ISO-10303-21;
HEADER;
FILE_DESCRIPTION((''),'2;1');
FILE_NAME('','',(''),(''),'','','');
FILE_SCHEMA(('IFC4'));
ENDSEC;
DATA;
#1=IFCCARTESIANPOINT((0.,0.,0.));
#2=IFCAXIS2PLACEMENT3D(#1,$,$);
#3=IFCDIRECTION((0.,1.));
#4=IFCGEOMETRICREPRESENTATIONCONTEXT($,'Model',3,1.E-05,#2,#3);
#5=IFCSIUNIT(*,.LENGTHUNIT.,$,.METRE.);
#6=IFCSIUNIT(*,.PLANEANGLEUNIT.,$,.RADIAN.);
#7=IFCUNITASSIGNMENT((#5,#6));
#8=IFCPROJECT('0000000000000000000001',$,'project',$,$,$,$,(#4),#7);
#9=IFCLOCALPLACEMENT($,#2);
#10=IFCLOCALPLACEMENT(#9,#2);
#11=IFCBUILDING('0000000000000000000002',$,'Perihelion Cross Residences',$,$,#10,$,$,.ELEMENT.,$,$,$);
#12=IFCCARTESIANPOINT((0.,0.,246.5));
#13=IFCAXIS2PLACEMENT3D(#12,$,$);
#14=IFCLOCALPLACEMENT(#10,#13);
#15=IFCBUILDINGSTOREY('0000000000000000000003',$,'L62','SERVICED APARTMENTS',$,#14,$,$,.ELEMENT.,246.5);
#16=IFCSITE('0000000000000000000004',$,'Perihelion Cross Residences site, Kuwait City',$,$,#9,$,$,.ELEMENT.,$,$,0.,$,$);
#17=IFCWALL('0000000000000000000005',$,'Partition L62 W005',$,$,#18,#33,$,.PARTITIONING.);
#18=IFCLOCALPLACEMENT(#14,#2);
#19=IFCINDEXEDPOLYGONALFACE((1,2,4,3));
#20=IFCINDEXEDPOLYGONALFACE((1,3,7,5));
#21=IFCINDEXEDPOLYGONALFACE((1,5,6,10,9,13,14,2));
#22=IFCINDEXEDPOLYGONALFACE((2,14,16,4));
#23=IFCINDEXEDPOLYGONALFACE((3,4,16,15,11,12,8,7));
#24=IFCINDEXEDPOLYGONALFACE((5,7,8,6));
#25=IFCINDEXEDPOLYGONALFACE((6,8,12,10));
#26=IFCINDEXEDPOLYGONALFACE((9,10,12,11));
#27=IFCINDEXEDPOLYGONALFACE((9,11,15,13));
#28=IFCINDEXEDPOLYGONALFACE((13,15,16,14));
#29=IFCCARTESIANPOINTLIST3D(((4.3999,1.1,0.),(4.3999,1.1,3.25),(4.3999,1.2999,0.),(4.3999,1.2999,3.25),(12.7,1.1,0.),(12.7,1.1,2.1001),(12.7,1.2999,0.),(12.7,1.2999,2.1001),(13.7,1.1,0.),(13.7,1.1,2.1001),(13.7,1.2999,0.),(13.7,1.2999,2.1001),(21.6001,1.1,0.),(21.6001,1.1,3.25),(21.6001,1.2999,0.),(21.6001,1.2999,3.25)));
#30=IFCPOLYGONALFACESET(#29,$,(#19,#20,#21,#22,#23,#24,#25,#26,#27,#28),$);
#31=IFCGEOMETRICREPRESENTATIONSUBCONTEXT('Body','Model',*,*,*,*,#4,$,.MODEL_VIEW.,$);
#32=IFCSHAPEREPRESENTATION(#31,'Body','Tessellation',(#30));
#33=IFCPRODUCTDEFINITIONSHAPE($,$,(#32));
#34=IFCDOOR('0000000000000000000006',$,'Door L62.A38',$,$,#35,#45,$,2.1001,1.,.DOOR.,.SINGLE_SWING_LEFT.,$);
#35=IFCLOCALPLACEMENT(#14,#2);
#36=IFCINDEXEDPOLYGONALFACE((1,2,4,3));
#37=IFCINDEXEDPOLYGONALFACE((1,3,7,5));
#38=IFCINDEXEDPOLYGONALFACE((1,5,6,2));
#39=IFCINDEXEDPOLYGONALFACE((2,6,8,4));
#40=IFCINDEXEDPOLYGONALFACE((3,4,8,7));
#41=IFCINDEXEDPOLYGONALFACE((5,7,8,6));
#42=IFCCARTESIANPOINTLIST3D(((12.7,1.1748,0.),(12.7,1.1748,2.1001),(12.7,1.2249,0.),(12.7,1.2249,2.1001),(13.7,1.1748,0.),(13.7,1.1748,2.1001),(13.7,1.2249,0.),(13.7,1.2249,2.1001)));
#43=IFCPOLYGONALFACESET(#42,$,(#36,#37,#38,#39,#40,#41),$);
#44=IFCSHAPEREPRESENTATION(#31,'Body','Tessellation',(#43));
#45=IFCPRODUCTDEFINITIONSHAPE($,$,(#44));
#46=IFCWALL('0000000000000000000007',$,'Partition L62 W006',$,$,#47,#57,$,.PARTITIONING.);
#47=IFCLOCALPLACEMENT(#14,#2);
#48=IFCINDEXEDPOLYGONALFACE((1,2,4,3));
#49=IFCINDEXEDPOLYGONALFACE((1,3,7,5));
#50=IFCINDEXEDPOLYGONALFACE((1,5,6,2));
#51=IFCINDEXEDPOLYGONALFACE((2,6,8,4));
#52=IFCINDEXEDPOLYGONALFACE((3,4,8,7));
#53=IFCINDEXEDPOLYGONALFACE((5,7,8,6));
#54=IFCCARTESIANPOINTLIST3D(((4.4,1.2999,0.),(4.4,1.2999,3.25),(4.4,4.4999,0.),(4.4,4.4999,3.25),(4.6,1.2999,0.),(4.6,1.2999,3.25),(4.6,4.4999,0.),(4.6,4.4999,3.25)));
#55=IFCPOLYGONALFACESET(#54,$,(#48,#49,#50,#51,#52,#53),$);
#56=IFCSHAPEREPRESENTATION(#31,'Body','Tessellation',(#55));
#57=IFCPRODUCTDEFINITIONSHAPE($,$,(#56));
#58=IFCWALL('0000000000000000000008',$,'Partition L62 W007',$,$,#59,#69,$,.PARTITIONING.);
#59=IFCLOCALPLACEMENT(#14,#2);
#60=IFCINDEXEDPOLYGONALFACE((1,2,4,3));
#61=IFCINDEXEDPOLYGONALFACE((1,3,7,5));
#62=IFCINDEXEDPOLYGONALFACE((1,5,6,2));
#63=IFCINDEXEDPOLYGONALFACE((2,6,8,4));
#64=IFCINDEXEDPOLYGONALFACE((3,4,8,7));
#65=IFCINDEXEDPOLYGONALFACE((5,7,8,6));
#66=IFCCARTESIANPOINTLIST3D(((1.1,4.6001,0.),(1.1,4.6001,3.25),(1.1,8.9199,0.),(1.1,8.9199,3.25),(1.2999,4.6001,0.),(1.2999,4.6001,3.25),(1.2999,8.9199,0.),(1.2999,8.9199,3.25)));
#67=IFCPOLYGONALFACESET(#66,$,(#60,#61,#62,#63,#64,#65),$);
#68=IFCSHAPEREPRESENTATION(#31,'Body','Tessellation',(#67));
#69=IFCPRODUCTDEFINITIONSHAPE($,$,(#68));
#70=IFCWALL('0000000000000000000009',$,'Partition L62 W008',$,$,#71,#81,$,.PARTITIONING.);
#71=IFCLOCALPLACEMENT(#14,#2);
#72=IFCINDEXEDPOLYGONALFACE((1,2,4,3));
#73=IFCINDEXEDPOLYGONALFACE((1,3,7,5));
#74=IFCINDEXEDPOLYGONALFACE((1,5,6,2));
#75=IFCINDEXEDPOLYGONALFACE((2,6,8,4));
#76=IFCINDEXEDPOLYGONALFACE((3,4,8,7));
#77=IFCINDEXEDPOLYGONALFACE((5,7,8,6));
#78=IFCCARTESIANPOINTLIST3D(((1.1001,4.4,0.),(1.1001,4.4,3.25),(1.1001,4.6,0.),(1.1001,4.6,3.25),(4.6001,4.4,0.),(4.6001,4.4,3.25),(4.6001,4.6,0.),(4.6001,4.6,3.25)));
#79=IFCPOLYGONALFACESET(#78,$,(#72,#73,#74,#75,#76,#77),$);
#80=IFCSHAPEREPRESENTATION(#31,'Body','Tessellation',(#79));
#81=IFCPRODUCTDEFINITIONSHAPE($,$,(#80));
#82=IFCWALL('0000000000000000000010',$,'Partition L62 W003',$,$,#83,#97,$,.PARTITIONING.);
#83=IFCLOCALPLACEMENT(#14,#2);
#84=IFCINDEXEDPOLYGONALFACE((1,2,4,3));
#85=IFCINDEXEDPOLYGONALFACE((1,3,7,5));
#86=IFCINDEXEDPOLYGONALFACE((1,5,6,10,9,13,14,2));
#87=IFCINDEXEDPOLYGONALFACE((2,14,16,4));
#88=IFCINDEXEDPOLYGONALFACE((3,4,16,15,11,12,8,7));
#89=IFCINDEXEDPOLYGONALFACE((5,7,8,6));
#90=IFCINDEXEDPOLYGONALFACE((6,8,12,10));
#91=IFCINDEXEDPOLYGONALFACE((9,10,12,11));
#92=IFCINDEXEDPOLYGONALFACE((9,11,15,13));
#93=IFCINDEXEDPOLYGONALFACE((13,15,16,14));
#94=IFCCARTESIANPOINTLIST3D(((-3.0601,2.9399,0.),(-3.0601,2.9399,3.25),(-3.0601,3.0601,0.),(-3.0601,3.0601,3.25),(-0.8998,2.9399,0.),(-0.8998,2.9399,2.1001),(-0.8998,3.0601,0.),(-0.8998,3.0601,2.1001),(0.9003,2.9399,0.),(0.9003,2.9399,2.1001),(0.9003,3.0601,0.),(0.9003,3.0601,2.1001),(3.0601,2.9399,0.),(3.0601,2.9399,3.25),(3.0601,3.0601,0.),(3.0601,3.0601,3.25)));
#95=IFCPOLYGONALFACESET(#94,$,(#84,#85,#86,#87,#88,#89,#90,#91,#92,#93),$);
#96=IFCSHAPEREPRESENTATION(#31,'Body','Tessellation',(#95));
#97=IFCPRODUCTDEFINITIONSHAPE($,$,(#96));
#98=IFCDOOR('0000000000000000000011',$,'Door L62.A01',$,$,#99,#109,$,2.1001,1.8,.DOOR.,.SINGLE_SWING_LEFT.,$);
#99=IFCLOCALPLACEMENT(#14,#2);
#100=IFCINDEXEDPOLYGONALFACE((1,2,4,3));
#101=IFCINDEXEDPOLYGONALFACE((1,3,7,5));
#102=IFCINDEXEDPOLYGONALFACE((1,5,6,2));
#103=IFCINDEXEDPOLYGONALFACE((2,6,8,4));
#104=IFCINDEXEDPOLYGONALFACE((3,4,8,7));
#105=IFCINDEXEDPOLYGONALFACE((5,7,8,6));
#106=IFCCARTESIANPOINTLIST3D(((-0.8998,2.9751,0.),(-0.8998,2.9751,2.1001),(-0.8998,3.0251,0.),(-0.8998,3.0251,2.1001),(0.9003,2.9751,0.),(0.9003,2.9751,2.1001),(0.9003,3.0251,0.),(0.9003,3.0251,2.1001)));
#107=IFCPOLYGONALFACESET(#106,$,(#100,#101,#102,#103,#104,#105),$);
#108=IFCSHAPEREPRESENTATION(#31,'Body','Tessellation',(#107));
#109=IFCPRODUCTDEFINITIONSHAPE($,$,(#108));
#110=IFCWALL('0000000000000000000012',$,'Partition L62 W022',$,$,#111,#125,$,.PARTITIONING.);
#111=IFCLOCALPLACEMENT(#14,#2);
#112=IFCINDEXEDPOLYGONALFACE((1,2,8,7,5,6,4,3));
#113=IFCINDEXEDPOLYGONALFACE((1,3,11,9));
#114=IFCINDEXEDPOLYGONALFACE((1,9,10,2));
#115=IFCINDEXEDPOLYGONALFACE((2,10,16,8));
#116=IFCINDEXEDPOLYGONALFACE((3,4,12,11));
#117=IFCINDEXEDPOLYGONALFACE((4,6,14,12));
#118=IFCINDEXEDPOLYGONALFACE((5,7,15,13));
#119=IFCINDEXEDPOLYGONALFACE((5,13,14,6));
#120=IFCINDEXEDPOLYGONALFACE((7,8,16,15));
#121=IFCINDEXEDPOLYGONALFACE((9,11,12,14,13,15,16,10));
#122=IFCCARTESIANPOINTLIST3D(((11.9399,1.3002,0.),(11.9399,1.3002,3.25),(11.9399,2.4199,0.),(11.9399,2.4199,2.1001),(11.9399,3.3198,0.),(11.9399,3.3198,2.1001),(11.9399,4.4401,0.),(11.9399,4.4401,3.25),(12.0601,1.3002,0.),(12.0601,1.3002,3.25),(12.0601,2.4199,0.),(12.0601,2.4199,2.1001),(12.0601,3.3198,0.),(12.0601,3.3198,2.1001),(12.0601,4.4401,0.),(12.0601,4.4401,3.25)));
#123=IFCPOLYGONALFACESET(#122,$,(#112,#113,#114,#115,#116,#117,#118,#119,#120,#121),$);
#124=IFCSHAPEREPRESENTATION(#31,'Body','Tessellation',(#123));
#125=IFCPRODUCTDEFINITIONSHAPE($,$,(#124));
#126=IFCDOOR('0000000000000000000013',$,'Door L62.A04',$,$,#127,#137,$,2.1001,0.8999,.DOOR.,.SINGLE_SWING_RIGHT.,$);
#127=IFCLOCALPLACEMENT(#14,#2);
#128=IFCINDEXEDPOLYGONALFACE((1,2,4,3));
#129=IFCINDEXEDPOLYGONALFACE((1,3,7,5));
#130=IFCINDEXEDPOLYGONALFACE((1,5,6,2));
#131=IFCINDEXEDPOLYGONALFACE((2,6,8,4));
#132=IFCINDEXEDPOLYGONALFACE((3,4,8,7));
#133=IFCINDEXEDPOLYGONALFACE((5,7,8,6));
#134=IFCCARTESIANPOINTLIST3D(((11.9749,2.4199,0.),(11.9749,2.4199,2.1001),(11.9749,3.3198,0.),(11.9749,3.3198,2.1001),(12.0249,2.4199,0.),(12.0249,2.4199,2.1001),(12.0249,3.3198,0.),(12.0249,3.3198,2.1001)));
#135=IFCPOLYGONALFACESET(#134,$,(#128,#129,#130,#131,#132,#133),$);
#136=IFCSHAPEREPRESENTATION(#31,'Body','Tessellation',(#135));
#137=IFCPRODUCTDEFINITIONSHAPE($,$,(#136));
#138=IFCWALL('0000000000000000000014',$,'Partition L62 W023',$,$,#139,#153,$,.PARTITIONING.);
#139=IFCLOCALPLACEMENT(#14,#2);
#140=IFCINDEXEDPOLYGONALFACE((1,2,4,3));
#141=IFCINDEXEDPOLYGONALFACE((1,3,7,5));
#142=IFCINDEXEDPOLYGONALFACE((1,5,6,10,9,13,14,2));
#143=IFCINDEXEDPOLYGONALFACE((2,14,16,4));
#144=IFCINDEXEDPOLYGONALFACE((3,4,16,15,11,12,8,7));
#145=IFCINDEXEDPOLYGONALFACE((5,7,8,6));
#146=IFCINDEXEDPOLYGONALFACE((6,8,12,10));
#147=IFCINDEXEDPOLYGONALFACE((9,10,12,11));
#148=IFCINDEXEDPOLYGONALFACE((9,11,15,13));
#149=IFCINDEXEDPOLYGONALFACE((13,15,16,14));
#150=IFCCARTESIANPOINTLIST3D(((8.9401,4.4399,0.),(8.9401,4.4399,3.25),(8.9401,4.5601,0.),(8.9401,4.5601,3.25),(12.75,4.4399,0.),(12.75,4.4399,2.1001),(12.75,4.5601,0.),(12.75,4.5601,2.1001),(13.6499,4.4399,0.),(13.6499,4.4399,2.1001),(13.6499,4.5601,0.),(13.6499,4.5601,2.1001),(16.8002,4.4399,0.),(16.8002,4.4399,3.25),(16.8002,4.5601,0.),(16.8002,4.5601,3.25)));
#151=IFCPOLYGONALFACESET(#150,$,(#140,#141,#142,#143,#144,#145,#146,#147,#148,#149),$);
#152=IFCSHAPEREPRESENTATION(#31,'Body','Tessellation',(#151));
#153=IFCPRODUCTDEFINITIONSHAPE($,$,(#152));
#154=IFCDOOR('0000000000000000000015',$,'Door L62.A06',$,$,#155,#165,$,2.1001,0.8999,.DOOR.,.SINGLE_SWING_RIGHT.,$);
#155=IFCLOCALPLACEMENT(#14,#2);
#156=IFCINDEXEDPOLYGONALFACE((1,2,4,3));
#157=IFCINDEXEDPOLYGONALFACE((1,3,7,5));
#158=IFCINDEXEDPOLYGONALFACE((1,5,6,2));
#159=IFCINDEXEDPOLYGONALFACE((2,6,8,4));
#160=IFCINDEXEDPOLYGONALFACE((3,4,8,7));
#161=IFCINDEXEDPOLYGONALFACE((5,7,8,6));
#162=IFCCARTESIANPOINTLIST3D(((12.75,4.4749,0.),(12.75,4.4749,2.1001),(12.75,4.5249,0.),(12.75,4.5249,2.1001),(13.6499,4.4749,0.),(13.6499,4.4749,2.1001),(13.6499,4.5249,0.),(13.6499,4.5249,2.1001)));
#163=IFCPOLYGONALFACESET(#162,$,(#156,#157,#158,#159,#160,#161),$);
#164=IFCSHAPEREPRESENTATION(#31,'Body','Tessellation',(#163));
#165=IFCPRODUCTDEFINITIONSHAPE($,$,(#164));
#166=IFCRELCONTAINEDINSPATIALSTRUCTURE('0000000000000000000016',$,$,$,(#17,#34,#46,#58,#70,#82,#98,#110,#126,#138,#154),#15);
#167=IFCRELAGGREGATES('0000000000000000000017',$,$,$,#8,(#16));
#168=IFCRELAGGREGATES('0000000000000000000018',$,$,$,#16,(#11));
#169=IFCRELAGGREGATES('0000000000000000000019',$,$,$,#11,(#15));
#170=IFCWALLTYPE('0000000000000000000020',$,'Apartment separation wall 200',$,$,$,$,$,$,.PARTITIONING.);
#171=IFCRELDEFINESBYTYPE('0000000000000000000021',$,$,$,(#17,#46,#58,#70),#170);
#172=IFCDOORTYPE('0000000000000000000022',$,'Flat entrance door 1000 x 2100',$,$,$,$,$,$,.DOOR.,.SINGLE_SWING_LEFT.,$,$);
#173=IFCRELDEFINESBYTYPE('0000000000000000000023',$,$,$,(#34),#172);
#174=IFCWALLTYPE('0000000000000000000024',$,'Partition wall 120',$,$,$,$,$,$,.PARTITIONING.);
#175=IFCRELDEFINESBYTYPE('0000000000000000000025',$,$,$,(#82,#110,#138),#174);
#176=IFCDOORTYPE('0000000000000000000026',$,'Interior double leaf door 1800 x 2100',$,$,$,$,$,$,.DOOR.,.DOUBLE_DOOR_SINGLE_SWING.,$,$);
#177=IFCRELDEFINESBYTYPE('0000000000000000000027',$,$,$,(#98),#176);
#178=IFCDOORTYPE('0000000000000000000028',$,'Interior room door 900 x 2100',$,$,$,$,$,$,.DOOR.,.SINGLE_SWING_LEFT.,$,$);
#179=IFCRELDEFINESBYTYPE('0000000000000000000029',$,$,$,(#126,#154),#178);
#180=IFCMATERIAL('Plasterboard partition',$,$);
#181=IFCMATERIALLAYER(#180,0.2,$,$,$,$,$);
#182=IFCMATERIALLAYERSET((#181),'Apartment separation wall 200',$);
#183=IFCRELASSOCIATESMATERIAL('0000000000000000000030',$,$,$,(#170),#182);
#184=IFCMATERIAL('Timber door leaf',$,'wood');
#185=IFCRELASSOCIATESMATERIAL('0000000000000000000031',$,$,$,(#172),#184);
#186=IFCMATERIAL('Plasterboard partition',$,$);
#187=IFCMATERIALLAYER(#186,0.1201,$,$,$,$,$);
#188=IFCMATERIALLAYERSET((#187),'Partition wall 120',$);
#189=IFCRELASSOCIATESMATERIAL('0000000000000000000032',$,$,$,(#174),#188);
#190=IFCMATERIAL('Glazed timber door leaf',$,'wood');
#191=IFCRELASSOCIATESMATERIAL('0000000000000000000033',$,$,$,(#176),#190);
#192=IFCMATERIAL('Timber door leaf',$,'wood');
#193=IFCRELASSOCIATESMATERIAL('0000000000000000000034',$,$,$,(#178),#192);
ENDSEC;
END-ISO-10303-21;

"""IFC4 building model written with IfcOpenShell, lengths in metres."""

from ifc_helpers import new_model, si_unit, direction, frame, frame_2d, origin, place, context, subcontext, project, spatial, rectangle, extrude, material, layer, layer_set, type_object, element, fill, save


model = new_model("IFC4")

# Units and contexts
model_context = context("Model", 3, precision=1e-05, world=origin(), true_north=direction((0.0, 1.0)))
body_context = subcontext(model_context, "Body", "Model", "MODEL_VIEW")
ifc_project = project(units=[si_unit("LENGTHUNIT", "METRE"), si_unit("PLANEANGLEUNIT", "RADIAN")], contexts=[model_context])

# Site, building, storey
site_placement = place(None, origin())
site = spatial("IfcSite", under=ifc_project, at=site_placement, Name="Perihelion Cross Residences site, Kuwait City", CompositionType="ELEMENT", RefElevation=0.0)
building_placement = place(site_placement, origin())
building = spatial("IfcBuilding", under=site, at=building_placement, Name="Perihelion Cross Residences", CompositionType="ELEMENT")
storey_placement = place(building_placement, frame((0.0, 0.0, 246.5)))
storey = spatial("IfcBuildingStorey", under=building, at=storey_placement, Name="L62", Description="SERVICED APARTMENTS", CompositionType="ELEMENT", Elevation=246.5)

# Wall, opening, door
ifc_material_1 = material(Name="Plasterboard partition")
ifc_layer_1 = layer(ifc_material_1, 0.2)
ifc_layer_set_1 = layer_set([ifc_layer_1], Name="Apartment separation wall 200")
wall_type_1 = type_object("IfcWallType", Name="Apartment separation wall 200", PredefinedType="PARTITIONING", material=ifc_layer_set_1)
wall_1_placement = place(storey_placement, frame((4.3999, 1.2, 0.0), z_axis=(0.0, 0.0, 1.0), x_axis=(1.0, 0.0, 0.0)))
wall_1 = element("IfcWall", 1, at=wall_1_placement, inside=storey, type_object=wall_type_1, Name="Partition L62 W005", PredefinedType="PARTITIONING", context=body_context, shape_type="SweptSolid", body=[
    extrude(rectangle(XDim=17.2002, YDim=0.2, at=frame_2d((8.6001, 0.0))), origin(), (0.0, 0.0, 1.0), 3.25),
])
opening_1_placement = place(wall_1_placement, frame((8.3, 0.0, 0.0)))
opening_1 = element("IfcOpeningElement", 2, at=opening_1_placement, cuts=wall_1, PredefinedType="OPENING", context=body_context, shape_type="SweptSolid", body=[
    extrude(rectangle(XDim=1.0, YDim=2.1001, at=frame_2d((0.5, 1.05))), frame((0.0, 0.1099, 0.0), z_axis=(0.0, -1.0, 0.0), x_axis=(1.0, 0.0, 0.0)), (0.0, 0.0, 1.0), 0.22),
])
ifc_material_2 = material(Name="Timber door leaf", Category="wood")
door_type_1 = type_object("IfcDoorType", Name="Flat entrance door 1000 x 2100", OperationType="SINGLE_SWING_LEFT", PredefinedType="DOOR", material=ifc_material_2)
door_1_placement = place(opening_1_placement, origin())
door_1 = element("IfcDoor", 3, at=door_1_placement, inside=storey, type_object=door_type_1, Name="Door L62.A38", OperationType="SINGLE_SWING_LEFT", OverallHeight=2.1001, OverallWidth=1.0, PredefinedType="DOOR", context=body_context, shape_type="SweptSolid", body=[
    extrude(rectangle(XDim=1.0, YDim=2.1001, at=frame_2d((0.5, 1.05))), frame((0.0, 0.0249, 0.0), z_axis=(0.0, -1.0, 0.0), x_axis=(1.0, 0.0, 0.0)), (0.0, 0.0, 1.0), 0.05),
])
fill(opening_1, door_1)

# Walls
wall_2_placement = place(storey_placement, frame((4.5, 4.5, 0.0), z_axis=(0.0, 0.0, 1.0), x_axis=(0.0, -1.0, 0.0)))
element("IfcWall", 4, at=wall_2_placement, inside=storey, type_object=wall_type_1, Name="Partition L62 W006", PredefinedType="PARTITIONING", context=body_context, shape_type="SweptSolid", body=[
    extrude(rectangle(XDim=3.2, YDim=0.2, at=frame_2d((1.6001, 0.0))), origin(), (0.0, 0.0, 1.0), 3.25),
])
wall_3_placement = place(storey_placement, frame((1.2, 8.9199, 0.0), z_axis=(0.0, 0.0, 1.0), x_axis=(0.0, -1.0, 0.0)))
element("IfcWall", 5, at=wall_3_placement, inside=storey, type_object=wall_type_1, Name="Partition L62 W007", PredefinedType="PARTITIONING", context=body_context, shape_type="SweptSolid", body=[
    extrude(rectangle(XDim=4.3198, YDim=0.2, at=frame_2d((2.1599, 0.0))), origin(), (0.0, 0.0, 1.0), 3.25),
])
wall_4_placement = place(storey_placement, frame((1.1001, 4.5, 0.0), z_axis=(0.0, 0.0, 1.0), x_axis=(1.0, 0.0, 0.0)))
element("IfcWall", 6, at=wall_4_placement, inside=storey, type_object=wall_type_1, Name="Partition L62 W008", PredefinedType="PARTITIONING", context=body_context, shape_type="SweptSolid", body=[
    extrude(rectangle(XDim=3.5, YDim=0.2, at=frame_2d((1.75, 0.0))), origin(), (0.0, 0.0, 1.0), 3.25),
])

# Walls, openings, doors
ifc_material_3 = material(Name="Plasterboard partition")
ifc_layer_2 = layer(ifc_material_3, 0.1201)
ifc_layer_set_2 = layer_set([ifc_layer_2], Name="Partition wall 120")
wall_type_2 = type_object("IfcWallType", Name="Partition wall 120", PredefinedType="PARTITIONING", material=ifc_layer_set_2)
wall_5_placement = place(storey_placement, frame((3.0601, 3.0, 0.0), z_axis=(0.0, 0.0, 1.0), x_axis=(-1.0, 0.0, 0.0)))
wall_5 = element("IfcWall", 7, at=wall_5_placement, inside=storey, type_object=wall_type_2, Name="Partition L62 W003", PredefinedType="PARTITIONING", context=body_context, shape_type="SweptSolid", body=[
    extrude(rectangle(XDim=6.1201, YDim=0.1201, at=frame_2d((3.0601, 0.0))), origin(), (0.0, 0.0, 1.0), 3.25),
])
opening_2_placement = place(wall_5_placement, frame((2.1599, 0.0, 0.0)))
opening_2 = element("IfcOpeningElement", 8, at=opening_2_placement, cuts=wall_5, PredefinedType="OPENING", context=body_context, shape_type="SweptSolid", body=[
    extrude(rectangle(XDim=1.8, YDim=2.1001, at=frame_2d((0.8999, 1.05))), frame((0.0, 0.0701, 0.0), z_axis=(0.0, -1.0, 0.0), x_axis=(1.0, 0.0, 0.0)), (0.0, 0.0, 1.0), 0.1401),
])
ifc_material_4 = material(Name="Glazed timber door leaf", Category="wood")
door_type_2 = type_object("IfcDoorType", Name="Interior double leaf door 1800 x 2100", OperationType="DOUBLE_DOOR_SINGLE_SWING", PredefinedType="DOOR", material=ifc_material_4)
door_2_placement = place(opening_2_placement, origin())
door_2 = element("IfcDoor", 9, at=door_2_placement, inside=storey, type_object=door_type_2, Name="Door L62.A01", OperationType="SINGLE_SWING_LEFT", OverallHeight=2.1001, OverallWidth=1.8, PredefinedType="DOOR", context=body_context, shape_type="SweptSolid", body=[
    extrude(rectangle(XDim=1.8, YDim=2.1001, at=frame_2d((0.8999, 1.05))), frame((0.0, 0.0249, 0.0), z_axis=(0.0, -1.0, 0.0), x_axis=(1.0, 0.0, 0.0)), (0.0, 0.0, 1.0), 0.05),
])
fill(opening_2, door_2)
wall_6_placement = place(storey_placement, frame((12.0, 4.4399, 0.0), z_axis=(0.0, 0.0, 1.0), x_axis=(0.0, -1.0, 0.0)))
wall_6 = element("IfcWall", 10, at=wall_6_placement, inside=storey, type_object=wall_type_2, Name="Partition L62 W022", PredefinedType="PARTITIONING", context=body_context, shape_type="SweptSolid", body=[
    extrude(rectangle(XDim=3.1399, YDim=0.1201, at=frame_2d((1.5698, 0.0))), origin(), (0.0, 0.0, 1.0), 3.25),
])
opening_3_placement = place(wall_6_placement, frame((1.1201, 0.0, 0.0)))
opening_3 = element("IfcOpeningElement", 11, at=opening_3_placement, cuts=wall_6, PredefinedType="OPENING", context=body_context, shape_type="SweptSolid", body=[
    extrude(rectangle(XDim=0.8999, YDim=2.1001, at=frame_2d((0.45, 1.05))), frame((0.0, 0.0701, 0.0), z_axis=(0.0, -1.0, 0.0), x_axis=(1.0, 0.0, 0.0)), (0.0, 0.0, 1.0), 0.1401),
])
ifc_material_5 = material(Name="Timber door leaf", Category="wood")
door_type_3 = type_object("IfcDoorType", Name="Interior room door 900 x 2100", OperationType="SINGLE_SWING_LEFT", PredefinedType="DOOR", material=ifc_material_5)
door_3_placement = place(opening_3_placement, origin())
door_3 = element("IfcDoor", 12, at=door_3_placement, inside=storey, type_object=door_type_3, Name="Door L62.A04", OperationType="SINGLE_SWING_RIGHT", OverallHeight=2.1001, OverallWidth=0.8999, PredefinedType="DOOR", context=body_context, shape_type="SweptSolid", body=[
    extrude(rectangle(XDim=0.8999, YDim=2.1001, at=frame_2d((0.45, 1.05))), frame((0.0, 0.0249, 0.0), z_axis=(0.0, -1.0, 0.0), x_axis=(1.0, 0.0, 0.0)), (0.0, 0.0, 1.0), 0.05),
])
fill(opening_3, door_3)
wall_7_placement = place(storey_placement, frame((8.9399, 4.5, 0.0), z_axis=(0.0, 0.0, 1.0), x_axis=(1.0, 0.0, 0.0)))
wall_7 = element("IfcWall", 13, at=wall_7_placement, inside=storey, type_object=wall_type_2, Name="Partition L62 W023", PredefinedType="PARTITIONING", context=body_context, shape_type="SweptSolid", body=[
    extrude(rectangle(XDim=7.8601, YDim=0.1201, at=frame_2d((3.9302, 0.0))), origin(), (0.0, 0.0, 1.0), 3.25),
])
opening_4_placement = place(wall_7_placement, frame((3.8101, 0.0, 0.0)))
opening_4 = element("IfcOpeningElement", 14, at=opening_4_placement, cuts=wall_7, PredefinedType="OPENING", context=body_context, shape_type="SweptSolid", body=[
    extrude(rectangle(XDim=0.8999, YDim=2.1001, at=frame_2d((0.45, 1.05))), frame((0.0, 0.0701, 0.0), z_axis=(0.0, -1.0, 0.0), x_axis=(1.0, 0.0, 0.0)), (0.0, 0.0, 1.0), 0.1401),
])
door_4_placement = place(opening_4_placement, origin())
door_4 = element("IfcDoor", 15, at=door_4_placement, inside=storey, type_object=door_type_3, Name="Door L62.A06", OperationType="SINGLE_SWING_RIGHT", OverallHeight=2.1001, OverallWidth=0.8999, PredefinedType="DOOR", context=body_context, shape_type="SweptSolid", body=[
    extrude(rectangle(XDim=0.8999, YDim=2.1001, at=frame_2d((0.45, 1.05))), frame((0.0, 0.0249, 0.0), z_axis=(0.0, -1.0, 0.0), x_axis=(1.0, 0.0, 0.0)), (0.0, 0.0, 1.0), 0.05),
])
fill(opening_4, door_4)

save(model, "model.ifc")
